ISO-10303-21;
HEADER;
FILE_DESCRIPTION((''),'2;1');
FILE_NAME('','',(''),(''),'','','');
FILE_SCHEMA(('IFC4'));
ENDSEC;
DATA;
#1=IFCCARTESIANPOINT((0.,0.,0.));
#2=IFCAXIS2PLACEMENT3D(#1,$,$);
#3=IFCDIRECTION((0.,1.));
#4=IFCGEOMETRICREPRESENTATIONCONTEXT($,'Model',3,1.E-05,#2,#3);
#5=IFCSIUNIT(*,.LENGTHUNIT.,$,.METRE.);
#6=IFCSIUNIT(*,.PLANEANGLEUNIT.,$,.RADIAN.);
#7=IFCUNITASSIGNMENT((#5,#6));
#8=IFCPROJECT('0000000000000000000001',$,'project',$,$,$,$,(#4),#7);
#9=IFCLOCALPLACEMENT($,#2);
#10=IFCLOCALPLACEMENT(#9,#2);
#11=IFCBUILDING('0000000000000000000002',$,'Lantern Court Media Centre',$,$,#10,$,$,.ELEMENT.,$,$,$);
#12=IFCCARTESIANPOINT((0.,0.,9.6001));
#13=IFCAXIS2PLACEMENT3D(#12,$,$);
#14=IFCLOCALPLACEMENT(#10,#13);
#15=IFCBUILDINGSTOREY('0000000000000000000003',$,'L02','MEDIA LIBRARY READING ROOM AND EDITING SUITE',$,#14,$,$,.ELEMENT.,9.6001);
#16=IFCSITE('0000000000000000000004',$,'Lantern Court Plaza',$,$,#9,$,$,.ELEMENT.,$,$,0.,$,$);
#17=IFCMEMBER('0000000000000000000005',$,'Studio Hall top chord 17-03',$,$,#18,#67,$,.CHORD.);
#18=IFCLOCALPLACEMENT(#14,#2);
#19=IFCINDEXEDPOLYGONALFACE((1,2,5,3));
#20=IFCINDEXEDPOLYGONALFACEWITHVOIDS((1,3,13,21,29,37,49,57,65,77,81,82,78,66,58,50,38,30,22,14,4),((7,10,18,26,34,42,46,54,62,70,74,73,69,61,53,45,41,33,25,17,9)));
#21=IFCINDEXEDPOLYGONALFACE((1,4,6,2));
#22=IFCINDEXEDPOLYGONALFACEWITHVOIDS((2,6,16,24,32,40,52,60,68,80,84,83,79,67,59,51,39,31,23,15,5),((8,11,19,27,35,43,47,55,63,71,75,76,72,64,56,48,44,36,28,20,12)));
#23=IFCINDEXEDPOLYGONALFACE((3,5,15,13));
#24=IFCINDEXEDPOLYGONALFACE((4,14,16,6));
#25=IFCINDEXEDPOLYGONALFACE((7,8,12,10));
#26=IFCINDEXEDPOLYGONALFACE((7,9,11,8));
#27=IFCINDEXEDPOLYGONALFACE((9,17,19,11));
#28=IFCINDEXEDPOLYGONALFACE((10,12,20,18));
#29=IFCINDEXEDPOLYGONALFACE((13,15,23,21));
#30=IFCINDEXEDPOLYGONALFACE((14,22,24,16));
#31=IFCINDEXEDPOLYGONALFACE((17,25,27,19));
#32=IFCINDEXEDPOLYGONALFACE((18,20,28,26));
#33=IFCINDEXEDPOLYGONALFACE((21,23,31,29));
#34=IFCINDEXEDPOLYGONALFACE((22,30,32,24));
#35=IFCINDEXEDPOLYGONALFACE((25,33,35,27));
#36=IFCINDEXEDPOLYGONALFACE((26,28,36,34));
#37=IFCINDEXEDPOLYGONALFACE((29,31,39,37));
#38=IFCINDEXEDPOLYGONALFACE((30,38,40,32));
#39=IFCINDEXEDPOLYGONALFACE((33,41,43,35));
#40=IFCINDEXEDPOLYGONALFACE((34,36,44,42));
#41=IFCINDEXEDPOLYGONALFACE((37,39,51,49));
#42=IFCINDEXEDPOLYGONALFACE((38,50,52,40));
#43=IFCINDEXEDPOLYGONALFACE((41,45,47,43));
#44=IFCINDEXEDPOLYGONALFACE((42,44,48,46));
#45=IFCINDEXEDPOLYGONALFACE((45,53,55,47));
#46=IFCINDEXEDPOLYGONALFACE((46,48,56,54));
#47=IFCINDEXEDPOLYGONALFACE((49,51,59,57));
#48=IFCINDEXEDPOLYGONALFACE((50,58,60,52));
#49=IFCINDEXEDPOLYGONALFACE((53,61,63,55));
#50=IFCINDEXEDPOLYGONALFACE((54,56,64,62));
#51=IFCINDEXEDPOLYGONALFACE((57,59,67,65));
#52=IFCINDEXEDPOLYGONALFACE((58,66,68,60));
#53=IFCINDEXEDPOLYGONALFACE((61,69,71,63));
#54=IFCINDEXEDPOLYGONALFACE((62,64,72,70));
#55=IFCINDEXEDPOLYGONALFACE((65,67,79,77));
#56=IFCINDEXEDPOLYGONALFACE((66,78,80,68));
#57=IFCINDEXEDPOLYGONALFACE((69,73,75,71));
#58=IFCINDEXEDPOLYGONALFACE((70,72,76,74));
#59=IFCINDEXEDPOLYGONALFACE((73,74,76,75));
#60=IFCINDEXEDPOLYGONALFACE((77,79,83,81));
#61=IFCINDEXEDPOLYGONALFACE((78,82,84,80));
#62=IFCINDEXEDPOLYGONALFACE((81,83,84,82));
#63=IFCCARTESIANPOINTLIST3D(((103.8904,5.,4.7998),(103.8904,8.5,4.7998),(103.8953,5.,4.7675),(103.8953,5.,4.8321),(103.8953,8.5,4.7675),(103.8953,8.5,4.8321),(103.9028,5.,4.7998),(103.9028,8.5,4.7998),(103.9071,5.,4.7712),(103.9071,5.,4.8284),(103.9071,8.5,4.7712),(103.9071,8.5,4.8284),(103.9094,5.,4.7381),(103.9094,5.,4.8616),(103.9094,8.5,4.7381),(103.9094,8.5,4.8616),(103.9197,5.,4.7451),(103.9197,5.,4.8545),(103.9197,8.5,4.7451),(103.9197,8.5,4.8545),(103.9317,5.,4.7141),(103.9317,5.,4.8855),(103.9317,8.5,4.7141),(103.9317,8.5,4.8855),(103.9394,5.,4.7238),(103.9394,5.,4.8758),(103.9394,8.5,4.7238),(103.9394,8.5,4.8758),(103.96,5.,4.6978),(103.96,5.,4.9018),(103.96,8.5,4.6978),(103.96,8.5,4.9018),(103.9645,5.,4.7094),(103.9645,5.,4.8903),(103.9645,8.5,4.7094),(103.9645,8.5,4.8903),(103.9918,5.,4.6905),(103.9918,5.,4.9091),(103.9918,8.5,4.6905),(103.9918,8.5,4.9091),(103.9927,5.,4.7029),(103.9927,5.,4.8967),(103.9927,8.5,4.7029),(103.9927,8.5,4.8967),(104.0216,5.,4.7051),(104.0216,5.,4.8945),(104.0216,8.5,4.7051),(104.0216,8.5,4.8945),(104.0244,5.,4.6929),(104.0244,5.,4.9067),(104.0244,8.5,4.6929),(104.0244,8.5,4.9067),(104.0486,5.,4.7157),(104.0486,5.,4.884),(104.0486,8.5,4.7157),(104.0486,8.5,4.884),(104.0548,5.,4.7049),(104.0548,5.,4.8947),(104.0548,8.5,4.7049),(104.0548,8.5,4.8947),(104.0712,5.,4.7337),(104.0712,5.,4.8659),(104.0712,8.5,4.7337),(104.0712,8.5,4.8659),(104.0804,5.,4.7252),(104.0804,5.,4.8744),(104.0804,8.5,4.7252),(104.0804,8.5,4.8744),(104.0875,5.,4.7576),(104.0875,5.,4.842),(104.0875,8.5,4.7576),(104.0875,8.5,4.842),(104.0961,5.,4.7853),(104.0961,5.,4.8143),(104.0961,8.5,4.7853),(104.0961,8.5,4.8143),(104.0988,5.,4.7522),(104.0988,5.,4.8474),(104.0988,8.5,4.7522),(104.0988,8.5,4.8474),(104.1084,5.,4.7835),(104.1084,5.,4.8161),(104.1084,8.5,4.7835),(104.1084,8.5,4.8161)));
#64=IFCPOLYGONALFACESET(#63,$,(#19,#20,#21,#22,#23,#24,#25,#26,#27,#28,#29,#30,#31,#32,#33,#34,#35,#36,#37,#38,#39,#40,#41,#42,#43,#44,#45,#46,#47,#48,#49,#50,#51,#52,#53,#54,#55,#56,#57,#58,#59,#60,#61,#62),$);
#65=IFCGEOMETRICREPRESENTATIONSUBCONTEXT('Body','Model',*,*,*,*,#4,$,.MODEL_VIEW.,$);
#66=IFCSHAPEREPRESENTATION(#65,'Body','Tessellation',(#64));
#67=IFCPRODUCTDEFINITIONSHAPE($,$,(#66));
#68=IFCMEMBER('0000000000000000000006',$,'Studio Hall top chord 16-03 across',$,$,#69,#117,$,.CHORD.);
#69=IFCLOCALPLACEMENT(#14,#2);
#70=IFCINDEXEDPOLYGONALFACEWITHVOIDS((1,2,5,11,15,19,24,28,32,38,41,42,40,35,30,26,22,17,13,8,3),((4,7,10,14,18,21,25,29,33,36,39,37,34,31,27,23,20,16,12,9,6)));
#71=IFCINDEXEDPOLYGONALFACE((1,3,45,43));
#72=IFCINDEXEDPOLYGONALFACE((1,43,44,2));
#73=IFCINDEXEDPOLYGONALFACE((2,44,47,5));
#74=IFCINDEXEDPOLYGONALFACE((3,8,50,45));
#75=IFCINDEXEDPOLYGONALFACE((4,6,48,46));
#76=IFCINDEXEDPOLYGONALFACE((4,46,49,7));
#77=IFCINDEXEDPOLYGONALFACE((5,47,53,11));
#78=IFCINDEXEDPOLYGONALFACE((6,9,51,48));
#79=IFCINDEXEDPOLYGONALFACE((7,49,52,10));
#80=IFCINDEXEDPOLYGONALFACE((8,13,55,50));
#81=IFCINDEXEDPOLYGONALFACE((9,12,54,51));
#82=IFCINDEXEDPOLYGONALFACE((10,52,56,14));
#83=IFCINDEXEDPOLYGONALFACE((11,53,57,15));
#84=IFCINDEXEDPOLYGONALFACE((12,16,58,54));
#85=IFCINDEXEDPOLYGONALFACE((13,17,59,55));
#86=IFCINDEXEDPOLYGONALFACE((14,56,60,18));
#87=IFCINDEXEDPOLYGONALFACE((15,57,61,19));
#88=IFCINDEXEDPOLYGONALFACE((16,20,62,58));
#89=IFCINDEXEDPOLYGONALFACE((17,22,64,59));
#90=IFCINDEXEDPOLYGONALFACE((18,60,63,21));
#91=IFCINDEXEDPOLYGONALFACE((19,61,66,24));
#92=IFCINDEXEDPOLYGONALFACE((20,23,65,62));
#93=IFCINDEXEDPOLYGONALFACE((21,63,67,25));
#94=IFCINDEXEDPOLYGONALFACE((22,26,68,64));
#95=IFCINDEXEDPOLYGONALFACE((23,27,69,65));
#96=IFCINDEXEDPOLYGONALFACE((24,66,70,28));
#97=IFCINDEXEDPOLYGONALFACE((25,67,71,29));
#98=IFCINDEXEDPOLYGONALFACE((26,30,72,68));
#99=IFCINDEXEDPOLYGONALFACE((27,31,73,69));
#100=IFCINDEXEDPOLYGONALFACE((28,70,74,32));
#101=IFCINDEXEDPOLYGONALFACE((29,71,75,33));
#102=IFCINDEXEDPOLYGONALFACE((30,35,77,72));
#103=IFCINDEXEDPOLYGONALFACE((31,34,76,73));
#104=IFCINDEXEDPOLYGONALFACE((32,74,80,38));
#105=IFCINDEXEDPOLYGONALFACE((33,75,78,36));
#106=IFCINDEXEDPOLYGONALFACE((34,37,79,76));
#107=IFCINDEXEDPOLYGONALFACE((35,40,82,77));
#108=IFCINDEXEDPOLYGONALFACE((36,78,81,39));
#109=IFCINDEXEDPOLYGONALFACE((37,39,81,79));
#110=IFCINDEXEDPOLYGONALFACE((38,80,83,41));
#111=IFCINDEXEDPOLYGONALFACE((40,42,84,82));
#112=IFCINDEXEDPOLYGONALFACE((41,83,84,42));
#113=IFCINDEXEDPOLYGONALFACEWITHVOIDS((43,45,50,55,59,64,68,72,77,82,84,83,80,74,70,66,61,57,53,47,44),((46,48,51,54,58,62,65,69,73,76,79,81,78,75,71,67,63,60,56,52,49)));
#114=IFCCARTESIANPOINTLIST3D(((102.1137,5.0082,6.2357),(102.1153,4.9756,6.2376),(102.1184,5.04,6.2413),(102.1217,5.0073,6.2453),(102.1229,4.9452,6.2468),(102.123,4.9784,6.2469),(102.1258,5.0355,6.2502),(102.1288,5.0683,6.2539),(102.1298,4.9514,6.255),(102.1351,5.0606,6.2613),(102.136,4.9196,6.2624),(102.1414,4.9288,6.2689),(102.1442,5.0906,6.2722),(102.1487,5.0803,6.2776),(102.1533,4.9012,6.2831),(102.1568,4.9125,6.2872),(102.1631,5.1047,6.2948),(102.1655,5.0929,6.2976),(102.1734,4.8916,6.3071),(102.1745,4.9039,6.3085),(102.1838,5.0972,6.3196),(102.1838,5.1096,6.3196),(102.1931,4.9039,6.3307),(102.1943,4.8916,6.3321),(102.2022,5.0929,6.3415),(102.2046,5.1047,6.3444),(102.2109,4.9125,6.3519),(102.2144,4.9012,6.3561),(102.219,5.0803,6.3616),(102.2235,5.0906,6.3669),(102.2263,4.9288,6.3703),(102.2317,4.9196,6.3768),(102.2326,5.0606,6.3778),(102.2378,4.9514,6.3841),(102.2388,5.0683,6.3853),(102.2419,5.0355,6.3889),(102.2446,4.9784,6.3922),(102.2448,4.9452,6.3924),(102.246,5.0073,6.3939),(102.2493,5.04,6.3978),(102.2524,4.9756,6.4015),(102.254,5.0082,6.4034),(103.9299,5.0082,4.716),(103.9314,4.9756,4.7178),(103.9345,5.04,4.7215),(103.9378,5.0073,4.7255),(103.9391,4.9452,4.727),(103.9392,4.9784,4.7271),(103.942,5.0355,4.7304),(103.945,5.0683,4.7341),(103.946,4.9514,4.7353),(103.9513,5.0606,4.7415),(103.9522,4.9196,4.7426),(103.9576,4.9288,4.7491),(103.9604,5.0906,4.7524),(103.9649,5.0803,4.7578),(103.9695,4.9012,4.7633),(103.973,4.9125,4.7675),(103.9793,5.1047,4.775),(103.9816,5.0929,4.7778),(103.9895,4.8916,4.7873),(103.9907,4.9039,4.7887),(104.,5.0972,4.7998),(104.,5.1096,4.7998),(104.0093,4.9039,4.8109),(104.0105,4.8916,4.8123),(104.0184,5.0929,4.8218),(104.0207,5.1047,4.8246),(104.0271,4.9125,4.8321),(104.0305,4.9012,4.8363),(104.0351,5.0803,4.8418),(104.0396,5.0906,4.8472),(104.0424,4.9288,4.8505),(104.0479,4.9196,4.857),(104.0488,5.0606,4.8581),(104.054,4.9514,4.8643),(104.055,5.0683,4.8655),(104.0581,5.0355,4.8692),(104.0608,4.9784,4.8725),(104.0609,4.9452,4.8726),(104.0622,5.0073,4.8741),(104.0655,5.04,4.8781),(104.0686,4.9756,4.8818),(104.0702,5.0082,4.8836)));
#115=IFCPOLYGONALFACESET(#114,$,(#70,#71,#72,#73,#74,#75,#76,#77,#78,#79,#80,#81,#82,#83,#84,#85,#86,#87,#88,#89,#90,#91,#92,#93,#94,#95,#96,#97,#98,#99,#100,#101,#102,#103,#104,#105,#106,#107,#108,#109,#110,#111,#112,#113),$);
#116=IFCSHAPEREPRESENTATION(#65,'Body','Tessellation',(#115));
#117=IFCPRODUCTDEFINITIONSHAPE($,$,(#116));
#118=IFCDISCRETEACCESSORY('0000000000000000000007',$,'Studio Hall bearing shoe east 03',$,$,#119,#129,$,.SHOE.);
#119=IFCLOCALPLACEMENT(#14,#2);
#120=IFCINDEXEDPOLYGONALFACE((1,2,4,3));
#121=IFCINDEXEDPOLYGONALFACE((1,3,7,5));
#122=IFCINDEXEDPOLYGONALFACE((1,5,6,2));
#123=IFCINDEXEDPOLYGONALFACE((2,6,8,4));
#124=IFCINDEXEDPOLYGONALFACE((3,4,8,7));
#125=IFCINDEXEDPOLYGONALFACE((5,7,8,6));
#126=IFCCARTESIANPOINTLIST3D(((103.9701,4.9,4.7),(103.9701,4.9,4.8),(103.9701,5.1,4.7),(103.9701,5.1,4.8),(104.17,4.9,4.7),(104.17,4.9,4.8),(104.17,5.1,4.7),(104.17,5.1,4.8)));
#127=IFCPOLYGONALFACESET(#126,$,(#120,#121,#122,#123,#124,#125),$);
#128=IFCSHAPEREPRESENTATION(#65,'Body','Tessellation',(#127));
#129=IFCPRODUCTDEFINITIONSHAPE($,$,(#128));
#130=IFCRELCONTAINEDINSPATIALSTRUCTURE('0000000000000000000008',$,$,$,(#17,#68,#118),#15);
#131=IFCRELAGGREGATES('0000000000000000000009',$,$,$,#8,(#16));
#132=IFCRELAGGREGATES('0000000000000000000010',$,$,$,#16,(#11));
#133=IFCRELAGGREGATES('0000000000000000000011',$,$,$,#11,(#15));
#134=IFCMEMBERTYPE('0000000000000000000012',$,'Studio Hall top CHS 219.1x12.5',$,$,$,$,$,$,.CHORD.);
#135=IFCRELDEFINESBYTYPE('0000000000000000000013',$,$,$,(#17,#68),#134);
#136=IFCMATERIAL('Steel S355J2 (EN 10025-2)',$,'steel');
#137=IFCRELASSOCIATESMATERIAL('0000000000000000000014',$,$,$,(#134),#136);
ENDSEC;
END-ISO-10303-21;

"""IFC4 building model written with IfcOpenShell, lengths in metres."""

from ifc_helpers import new_model, si_unit, direction, frame, origin, origin_2d, place, context, subcontext, project, spatial, rectangle, hollow_circle, extrude, material, material_profile, profile_set, type_object, element, save


model = new_model("IFC4")

# Units and contexts
model_context = context("Model", 3, precision=1e-05, world=origin(), true_north=direction((0.0, 1.0)))
body_context = subcontext(model_context, "Body", "Model", "MODEL_VIEW")
ifc_project = project(units=[si_unit("LENGTHUNIT", "METRE"), si_unit("PLANEANGLEUNIT", "RADIAN")], contexts=[model_context])

# Site, building, storey
site_placement = place(None, origin())
site = spatial("IfcSite", under=ifc_project, at=site_placement, Name="Lantern Court Plaza", CompositionType="ELEMENT", RefElevation=0.0)
building_placement = place(site_placement, origin())
building = spatial("IfcBuilding", under=site, at=building_placement, Name="Lantern Court Media Centre", CompositionType="ELEMENT")
storey_placement = place(building_placement, frame((0.0, 0.0, 9.6001)))
storey = spatial("IfcBuildingStorey", under=building, at=storey_placement, Name="L02", Description="MEDIA LIBRARY READING ROOM AND EDITING SUITE", CompositionType="ELEMENT", Elevation=9.6001)

# Shared definitions
ifc_material_1 = material(Name="Steel S355J2 (EN 10025-2)", Category="steel")

# Members
ifc_material_profile_1 = material_profile(ifc_material_1, hollow_circle(Radius=0.1096, WallThickness=0.0125, at=origin_2d()), Name="Studio Hall top CHS 219.1x12.5")
ifc_profile_set_1 = profile_set([ifc_material_profile_1], Name="Steel S355J2 (EN 10025-2)")
member_type_1 = type_object("IfcMemberType", Name="Studio Hall top CHS 219.1x12.5", PredefinedType="CHORD", material=ifc_profile_set_1)
member_1_placement = place(storey_placement, frame((104.0, 5.0, 4.7998), z_axis=(0.0, 1.0, 0.0), x_axis=(-1.0, 0.0, 0.0)))
element("IfcMember", 1, at=member_1_placement, inside=storey, type_object=member_type_1, Name="Studio Hall top chord 17-03", PredefinedType="CHORD", context=body_context, shape_type="SweptSolid", body=[
    extrude(hollow_circle(Radius=0.1096, WallThickness=0.0125, at=origin_2d()), origin(), (0.0, 0.0, 1.0), 3.5),
])
member_2_placement = place(storey_placement, frame((102.1838, 5.0, 6.3196), z_axis=(0.76691, 0.0, -0.641755), x_axis=(0.0, 1.0, 0.0)))
element("IfcMember", 2, at=member_2_placement, inside=storey, type_object=member_type_1, Name="Studio Hall top chord 16-03 across", PredefinedType="CHORD", context=body_context, shape_type="SweptSolid", body=[
    extrude(hollow_circle(Radius=0.1096, WallThickness=0.0125, at=origin_2d()), origin(), (0.0, 0.0, 1.0), 2.3682),
])

# Discrete accessory
discrete_accessory_placement = place(storey_placement, frame((104.0701, 5.0, 4.7), z_axis=(0.0, 0.0, 1.0), x_axis=(1.0, 0.0, 0.0)))
element("IfcDiscreteAccessory", 3, at=discrete_accessory_placement, inside=storey, Name="Studio Hall bearing shoe east 03", PredefinedType="SHOE", context=body_context, shape_type="SweptSolid", body=[
    extrude(rectangle(XDim=0.2, YDim=0.2, at=origin_2d()), origin(), (0.0, 0.0, 1.0), 0.1001),
])

save(model, "model.ifc")
